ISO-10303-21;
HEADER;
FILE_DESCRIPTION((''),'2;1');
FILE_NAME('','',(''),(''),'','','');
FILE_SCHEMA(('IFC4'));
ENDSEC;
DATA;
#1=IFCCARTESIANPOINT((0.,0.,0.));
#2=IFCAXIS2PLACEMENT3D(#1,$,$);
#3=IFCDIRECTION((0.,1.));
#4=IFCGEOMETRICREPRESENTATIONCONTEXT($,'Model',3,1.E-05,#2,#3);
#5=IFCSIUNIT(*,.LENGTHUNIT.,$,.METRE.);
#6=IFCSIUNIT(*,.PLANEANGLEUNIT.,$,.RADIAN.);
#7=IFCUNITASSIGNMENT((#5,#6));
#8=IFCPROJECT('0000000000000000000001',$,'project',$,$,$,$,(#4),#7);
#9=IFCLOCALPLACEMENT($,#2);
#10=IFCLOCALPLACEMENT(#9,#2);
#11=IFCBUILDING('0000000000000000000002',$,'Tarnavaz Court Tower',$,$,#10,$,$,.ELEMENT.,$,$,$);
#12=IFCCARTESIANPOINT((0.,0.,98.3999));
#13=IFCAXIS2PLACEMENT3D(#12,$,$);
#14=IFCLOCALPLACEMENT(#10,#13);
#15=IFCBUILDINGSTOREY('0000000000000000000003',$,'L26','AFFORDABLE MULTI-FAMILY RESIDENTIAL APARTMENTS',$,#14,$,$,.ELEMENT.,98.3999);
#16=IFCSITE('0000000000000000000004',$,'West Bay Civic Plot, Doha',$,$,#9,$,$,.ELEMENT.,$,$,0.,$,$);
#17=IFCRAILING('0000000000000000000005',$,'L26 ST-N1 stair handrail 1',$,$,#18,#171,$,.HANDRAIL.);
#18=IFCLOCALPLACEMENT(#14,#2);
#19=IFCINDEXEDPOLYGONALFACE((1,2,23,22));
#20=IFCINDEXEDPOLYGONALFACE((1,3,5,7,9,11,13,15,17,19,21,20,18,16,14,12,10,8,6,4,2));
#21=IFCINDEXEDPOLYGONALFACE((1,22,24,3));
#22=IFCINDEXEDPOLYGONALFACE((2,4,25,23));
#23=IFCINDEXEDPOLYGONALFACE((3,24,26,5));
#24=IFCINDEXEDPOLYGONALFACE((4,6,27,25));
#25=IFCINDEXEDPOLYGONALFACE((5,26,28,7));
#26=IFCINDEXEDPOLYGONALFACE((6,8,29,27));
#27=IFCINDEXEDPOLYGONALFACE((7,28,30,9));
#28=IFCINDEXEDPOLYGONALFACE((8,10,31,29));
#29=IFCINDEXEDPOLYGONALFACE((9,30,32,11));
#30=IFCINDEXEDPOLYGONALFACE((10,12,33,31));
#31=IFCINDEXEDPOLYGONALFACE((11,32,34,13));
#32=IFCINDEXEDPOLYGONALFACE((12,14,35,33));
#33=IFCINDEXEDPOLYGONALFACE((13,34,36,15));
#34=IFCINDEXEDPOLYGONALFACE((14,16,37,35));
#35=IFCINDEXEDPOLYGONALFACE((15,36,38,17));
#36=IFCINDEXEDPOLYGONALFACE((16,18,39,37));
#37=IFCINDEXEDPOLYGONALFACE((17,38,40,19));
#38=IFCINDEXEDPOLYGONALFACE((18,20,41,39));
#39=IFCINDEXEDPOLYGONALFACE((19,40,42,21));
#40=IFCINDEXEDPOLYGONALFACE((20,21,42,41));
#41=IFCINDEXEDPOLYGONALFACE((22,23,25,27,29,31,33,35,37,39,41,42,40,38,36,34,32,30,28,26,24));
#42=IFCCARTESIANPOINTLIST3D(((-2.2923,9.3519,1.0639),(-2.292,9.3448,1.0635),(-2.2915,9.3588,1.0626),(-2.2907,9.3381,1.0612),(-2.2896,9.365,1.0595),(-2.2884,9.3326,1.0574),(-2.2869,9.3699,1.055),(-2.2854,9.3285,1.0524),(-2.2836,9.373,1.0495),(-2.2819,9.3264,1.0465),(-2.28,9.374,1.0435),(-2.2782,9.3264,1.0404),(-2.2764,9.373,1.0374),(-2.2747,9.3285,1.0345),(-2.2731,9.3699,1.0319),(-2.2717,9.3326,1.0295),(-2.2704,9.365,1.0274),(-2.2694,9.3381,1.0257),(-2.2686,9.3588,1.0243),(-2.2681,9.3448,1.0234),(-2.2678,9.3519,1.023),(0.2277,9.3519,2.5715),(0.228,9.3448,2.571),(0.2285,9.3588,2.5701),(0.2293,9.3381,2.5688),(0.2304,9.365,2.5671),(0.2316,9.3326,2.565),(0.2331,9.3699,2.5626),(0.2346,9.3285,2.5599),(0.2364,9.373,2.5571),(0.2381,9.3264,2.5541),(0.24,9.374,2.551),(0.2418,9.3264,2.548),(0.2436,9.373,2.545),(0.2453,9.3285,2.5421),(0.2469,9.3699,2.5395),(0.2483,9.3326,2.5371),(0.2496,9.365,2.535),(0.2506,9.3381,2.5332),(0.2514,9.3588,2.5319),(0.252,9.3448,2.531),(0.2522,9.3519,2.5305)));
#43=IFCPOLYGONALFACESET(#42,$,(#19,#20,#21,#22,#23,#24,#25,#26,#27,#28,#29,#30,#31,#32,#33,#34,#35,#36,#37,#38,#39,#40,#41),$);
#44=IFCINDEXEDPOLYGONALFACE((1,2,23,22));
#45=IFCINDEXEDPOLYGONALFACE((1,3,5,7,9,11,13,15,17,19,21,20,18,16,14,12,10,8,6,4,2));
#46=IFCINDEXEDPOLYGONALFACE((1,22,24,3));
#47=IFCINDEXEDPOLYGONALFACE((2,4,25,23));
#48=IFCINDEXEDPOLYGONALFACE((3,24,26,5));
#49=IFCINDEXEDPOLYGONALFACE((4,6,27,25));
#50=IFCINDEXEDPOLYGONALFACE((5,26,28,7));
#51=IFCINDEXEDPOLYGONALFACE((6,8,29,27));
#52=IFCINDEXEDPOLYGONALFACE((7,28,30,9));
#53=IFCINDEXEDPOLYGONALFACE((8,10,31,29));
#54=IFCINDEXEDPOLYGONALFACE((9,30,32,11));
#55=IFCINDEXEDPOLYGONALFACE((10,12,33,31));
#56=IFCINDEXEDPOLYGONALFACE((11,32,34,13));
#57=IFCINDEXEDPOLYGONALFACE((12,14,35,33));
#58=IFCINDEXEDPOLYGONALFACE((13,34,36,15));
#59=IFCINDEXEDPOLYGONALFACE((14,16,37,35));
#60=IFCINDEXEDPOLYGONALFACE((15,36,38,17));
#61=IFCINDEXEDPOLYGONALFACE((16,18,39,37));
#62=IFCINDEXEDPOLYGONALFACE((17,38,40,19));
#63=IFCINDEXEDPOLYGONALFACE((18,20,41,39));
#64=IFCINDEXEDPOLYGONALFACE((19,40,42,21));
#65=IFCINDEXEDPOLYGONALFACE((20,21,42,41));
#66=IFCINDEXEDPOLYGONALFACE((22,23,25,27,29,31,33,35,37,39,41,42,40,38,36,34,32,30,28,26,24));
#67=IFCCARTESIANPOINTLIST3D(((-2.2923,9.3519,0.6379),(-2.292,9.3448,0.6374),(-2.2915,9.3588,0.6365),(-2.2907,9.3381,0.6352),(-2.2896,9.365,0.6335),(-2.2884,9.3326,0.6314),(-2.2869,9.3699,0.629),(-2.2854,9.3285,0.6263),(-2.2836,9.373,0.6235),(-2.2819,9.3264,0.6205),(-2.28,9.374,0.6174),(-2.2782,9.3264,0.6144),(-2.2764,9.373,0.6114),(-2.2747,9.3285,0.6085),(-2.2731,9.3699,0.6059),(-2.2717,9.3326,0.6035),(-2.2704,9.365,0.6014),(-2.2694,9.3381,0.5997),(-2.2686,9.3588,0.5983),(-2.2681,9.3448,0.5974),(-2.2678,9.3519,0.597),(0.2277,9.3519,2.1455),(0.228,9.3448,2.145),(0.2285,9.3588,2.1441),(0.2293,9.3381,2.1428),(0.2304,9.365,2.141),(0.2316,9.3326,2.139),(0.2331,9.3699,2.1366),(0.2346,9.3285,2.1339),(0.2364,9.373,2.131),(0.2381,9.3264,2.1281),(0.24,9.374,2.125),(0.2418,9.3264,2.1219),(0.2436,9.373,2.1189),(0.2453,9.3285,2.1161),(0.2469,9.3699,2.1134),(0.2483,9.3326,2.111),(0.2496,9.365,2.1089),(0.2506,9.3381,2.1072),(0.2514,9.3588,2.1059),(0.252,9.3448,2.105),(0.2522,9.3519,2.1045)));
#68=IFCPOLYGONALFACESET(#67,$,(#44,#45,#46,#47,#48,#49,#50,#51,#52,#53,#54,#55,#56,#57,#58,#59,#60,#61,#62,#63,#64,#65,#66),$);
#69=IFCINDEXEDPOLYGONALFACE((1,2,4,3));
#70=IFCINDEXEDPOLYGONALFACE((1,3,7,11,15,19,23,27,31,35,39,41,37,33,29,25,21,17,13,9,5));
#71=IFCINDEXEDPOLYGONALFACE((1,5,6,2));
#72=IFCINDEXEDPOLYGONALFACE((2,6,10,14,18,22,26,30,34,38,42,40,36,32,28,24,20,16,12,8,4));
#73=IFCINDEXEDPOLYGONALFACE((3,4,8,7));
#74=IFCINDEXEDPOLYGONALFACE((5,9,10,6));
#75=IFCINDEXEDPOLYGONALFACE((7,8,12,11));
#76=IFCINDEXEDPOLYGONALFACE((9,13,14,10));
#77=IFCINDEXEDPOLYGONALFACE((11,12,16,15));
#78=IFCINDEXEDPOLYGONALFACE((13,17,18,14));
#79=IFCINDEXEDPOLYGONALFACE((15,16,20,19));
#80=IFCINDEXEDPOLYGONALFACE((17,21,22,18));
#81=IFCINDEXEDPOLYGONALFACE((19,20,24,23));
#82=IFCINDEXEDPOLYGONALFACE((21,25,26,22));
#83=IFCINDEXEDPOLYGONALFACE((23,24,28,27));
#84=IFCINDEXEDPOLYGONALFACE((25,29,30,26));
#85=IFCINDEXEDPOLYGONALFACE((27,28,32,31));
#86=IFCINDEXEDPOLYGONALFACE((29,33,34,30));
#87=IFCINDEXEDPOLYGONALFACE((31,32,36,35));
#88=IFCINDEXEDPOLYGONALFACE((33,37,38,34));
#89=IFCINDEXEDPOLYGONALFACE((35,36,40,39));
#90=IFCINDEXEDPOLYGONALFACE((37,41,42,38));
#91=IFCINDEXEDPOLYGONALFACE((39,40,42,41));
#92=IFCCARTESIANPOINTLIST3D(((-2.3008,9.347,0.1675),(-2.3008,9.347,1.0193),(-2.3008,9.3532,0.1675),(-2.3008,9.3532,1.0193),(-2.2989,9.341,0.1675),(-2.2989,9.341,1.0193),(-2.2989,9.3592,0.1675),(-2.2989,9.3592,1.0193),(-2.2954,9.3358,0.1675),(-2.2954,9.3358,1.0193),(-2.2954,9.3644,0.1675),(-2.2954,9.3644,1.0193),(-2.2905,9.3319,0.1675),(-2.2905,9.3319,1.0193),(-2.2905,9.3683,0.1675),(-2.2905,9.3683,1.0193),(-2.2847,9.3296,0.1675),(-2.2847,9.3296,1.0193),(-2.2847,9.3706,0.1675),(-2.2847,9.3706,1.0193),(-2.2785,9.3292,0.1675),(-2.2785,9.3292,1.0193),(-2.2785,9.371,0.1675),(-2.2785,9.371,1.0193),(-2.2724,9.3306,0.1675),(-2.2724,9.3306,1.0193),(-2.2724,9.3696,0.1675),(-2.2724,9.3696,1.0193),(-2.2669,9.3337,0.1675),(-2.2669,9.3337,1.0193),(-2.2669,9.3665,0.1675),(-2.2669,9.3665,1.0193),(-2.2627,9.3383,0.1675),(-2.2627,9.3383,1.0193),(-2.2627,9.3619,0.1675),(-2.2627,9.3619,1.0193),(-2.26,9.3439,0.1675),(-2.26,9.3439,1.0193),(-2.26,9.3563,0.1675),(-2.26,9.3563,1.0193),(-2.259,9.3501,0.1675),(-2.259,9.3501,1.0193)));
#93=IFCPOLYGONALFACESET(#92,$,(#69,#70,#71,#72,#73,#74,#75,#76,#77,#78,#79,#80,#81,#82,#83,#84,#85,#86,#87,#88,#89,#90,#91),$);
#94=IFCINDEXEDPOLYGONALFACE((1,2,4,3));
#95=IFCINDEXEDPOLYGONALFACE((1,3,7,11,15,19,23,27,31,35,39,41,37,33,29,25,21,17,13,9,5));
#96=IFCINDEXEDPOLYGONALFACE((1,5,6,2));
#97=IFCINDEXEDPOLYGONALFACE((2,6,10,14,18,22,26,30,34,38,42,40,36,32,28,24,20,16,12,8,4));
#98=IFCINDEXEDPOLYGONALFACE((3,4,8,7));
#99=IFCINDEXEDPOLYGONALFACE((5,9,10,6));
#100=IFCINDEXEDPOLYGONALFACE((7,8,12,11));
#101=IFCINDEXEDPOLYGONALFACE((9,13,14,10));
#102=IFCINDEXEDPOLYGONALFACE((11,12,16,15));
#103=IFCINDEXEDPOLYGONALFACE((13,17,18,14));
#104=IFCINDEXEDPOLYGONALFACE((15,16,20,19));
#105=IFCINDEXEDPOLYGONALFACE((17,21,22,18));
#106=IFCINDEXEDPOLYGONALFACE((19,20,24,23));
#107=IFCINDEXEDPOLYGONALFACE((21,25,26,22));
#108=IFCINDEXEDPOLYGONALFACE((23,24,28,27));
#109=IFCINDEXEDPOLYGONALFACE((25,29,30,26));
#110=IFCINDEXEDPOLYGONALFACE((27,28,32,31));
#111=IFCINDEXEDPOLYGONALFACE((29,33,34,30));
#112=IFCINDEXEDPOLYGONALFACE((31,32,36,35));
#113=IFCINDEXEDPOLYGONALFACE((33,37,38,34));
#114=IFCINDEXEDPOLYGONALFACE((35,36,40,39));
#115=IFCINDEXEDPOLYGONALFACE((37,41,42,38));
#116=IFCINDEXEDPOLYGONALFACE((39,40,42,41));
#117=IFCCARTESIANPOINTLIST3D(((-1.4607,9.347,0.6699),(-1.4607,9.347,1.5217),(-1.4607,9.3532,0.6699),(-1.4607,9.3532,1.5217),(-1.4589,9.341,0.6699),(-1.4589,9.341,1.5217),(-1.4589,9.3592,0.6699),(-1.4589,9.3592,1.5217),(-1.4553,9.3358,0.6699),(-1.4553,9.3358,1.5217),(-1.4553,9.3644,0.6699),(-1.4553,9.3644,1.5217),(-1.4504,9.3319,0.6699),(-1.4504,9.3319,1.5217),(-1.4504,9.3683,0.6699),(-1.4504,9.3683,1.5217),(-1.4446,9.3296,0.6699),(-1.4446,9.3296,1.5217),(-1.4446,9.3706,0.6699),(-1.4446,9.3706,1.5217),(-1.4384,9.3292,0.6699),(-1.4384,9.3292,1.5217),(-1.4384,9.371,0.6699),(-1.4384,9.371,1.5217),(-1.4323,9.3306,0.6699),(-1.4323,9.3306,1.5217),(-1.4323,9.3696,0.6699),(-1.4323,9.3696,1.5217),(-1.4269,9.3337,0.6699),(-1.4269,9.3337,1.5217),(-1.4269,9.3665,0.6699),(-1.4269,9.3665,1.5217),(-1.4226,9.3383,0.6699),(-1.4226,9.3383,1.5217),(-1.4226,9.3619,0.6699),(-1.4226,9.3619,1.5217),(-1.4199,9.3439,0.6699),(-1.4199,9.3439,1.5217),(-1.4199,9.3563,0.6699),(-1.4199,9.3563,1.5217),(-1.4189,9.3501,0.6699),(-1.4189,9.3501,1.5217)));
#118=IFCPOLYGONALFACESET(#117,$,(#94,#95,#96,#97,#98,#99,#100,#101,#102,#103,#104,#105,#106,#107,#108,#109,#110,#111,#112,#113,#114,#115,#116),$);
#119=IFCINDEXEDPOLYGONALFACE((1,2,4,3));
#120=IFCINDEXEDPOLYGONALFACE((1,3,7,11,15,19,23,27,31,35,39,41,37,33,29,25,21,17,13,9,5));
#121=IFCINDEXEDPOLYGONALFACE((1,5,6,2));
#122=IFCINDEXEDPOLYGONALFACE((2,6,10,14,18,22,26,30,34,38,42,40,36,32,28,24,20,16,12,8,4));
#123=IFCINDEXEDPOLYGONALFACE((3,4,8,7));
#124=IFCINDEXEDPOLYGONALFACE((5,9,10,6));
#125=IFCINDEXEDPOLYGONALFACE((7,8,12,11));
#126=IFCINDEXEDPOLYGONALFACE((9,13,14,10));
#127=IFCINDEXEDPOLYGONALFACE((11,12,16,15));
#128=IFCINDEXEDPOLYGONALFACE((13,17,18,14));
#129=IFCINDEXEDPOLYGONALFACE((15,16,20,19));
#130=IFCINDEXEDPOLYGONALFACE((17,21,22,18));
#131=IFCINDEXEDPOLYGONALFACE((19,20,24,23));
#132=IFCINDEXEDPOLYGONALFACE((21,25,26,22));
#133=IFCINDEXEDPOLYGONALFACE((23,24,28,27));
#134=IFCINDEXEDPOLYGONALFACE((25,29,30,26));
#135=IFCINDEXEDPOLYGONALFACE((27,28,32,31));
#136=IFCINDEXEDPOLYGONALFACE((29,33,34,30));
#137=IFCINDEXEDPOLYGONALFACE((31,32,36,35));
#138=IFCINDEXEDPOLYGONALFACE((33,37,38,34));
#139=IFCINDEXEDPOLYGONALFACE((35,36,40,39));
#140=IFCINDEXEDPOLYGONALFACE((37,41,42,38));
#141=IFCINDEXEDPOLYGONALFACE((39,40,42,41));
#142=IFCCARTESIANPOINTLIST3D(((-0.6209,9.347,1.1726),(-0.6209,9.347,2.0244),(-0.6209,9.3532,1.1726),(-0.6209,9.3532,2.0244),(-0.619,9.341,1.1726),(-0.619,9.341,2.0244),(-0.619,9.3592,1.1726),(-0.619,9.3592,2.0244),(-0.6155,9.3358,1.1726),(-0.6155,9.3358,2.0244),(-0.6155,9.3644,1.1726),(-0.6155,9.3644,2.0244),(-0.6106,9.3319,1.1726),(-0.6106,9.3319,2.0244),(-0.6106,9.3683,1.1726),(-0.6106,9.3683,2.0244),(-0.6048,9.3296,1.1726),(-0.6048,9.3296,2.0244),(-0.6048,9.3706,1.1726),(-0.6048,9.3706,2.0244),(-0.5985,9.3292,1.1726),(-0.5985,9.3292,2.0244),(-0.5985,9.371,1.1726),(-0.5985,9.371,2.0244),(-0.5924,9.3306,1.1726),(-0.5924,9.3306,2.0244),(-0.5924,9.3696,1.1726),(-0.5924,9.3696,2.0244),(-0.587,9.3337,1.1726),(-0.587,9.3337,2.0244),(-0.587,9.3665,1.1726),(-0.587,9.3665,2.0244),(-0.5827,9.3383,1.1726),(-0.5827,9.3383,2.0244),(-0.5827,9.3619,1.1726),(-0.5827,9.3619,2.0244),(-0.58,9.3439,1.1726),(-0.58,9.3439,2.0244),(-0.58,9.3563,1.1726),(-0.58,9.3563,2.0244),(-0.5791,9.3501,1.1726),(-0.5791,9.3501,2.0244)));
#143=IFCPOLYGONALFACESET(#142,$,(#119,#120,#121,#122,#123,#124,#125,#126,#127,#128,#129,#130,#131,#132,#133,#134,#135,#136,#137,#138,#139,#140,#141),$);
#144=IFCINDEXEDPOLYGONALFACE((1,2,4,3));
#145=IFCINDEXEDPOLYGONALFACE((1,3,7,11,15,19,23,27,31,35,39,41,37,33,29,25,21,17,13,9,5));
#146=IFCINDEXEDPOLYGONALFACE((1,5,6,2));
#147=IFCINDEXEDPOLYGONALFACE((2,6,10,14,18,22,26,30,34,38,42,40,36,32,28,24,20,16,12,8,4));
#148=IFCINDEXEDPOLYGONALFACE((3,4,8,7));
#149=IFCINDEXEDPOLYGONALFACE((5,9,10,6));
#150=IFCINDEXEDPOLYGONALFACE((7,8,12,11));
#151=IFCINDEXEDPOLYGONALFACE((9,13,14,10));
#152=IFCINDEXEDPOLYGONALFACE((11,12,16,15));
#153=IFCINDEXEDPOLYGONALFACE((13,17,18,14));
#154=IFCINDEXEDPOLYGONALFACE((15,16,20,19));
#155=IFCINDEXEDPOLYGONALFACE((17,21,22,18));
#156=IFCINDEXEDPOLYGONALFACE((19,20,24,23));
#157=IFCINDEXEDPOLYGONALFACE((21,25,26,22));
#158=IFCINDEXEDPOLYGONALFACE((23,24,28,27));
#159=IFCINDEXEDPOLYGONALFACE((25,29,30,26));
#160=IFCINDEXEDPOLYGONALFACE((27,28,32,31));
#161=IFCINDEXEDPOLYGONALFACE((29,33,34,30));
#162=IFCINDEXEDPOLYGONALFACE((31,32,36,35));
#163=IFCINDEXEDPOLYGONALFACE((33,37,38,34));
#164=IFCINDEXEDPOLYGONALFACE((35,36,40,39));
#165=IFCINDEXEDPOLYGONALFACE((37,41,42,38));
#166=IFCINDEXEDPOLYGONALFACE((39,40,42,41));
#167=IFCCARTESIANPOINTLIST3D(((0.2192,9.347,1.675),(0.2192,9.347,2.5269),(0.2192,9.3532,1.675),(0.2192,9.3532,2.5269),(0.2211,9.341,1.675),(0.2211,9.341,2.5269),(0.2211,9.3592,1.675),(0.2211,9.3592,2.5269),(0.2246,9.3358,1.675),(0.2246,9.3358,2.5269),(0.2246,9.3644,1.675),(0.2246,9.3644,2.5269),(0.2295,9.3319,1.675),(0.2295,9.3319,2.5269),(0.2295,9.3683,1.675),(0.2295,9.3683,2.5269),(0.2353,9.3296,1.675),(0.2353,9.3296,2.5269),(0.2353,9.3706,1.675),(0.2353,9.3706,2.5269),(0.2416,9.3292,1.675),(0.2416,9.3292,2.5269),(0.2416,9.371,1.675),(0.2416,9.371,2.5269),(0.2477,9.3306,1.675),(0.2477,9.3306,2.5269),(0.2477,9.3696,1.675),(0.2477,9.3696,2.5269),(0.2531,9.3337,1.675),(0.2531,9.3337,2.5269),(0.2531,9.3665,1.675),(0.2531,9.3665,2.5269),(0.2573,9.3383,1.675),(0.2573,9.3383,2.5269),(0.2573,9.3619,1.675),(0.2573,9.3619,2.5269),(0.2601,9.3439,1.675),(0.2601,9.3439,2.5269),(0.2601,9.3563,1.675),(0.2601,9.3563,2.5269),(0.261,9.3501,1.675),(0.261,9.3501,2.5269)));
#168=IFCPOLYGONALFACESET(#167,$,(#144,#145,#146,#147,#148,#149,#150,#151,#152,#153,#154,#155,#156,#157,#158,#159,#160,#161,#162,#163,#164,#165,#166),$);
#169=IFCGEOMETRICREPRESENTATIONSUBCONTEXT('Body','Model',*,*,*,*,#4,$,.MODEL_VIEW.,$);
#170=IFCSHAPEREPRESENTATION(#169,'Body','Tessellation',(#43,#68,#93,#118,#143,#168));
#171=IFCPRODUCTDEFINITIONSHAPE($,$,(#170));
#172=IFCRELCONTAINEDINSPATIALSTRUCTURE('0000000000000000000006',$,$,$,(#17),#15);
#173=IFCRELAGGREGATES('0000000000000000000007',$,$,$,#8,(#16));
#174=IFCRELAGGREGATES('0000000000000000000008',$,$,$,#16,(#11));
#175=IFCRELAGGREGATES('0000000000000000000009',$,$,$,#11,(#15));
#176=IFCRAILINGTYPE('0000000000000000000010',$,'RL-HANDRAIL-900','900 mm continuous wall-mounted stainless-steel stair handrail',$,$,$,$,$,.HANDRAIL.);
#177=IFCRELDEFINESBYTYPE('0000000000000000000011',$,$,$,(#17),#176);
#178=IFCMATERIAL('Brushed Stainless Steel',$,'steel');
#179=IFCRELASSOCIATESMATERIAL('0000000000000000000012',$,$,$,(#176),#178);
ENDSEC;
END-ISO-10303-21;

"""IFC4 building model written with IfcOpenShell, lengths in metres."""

from ifc_helpers import new_model, si_unit, direction, frame, origin, origin_2d, place, context, subcontext, project, spatial, circle, extrude, material, type_object, element, save


model = new_model("IFC4")

# Units and contexts
model_context = context("Model", 3, precision=1e-05, world=origin(), true_north=direction((0.0, 1.0)))
body_context = subcontext(model_context, "Body", "Model", "MODEL_VIEW")
ifc_project = project(units=[si_unit("LENGTHUNIT", "METRE"), si_unit("PLANEANGLEUNIT", "RADIAN")], contexts=[model_context])

# Site, building, storey
site_placement = place(None, origin())
site = spatial("IfcSite", under=ifc_project, at=site_placement, Name="West Bay Civic Plot, Doha", CompositionType="ELEMENT", RefElevation=0.0)
building_placement = place(site_placement, origin())
building = spatial("IfcBuilding", under=site, at=building_placement, Name="Tarnavaz Court Tower", CompositionType="ELEMENT")
storey_placement = place(building_placement, frame((0.0, 0.0, 98.3999)))
storey = spatial("IfcBuildingStorey", under=building, at=storey_placement, Name="L26", Description="AFFORDABLE MULTI-FAMILY RESIDENTIAL APARTMENTS", CompositionType="ELEMENT", Elevation=98.3999)

# Railing
ifc_material_1 = material(Name="Brushed Stainless Steel", Category="steel")
railing_type_1 = type_object("IfcRailingType", Name="RL-HANDRAIL-900", Description="900 mm continuous wall-mounted stainless-steel stair handrail", PredefinedType="HANDRAIL", material=ifc_material_1)
railing_1_placement = place(storey_placement, frame((-2.28, 9.3501, 0.1675)))
element("IfcRailing", 1, at=railing_1_placement, inside=storey, type_object=railing_type_1, Name="L26 ST-N1 stair handrail 1", PredefinedType="HANDRAIL", context=body_context, shape_type="SweptSolid", body=[
    extrude(circle(Radius=0.0239, at=origin_2d()), frame((0.0, 0.0, 0.876), z_axis=(0.85816, 0.0, 0.513383), x_axis=(0.0, 1.0, 0.0)), (0.0, 0.0, 1.0), 2.9365),
    extrude(circle(Radius=0.0239, at=origin_2d()), frame((0.0, 0.0, 0.45), z_axis=(0.85816, 0.0, 0.513383), x_axis=(0.0, 1.0, 0.0)), (0.0, 0.0, 1.0), 2.9365),
    extrude(circle(Radius=0.021, at=origin_2d()), origin(), (0.0, 0.0, 1.0), 0.8518),
    extrude(circle(Radius=0.021, at=origin_2d()), frame((0.8401, 0.0, 0.5024)), (0.0, 0.0, 1.0), 0.8518),
    extrude(circle(Radius=0.021, at=origin_2d()), frame((1.6799, 0.0, 1.0051)), (0.0, 0.0, 1.0), 0.8518),
    extrude(circle(Radius=0.021, at=origin_2d()), frame((2.52, 0.0, 1.5076)), (0.0, 0.0, 1.0), 0.8518),
])

save(model, "model.ifc")
